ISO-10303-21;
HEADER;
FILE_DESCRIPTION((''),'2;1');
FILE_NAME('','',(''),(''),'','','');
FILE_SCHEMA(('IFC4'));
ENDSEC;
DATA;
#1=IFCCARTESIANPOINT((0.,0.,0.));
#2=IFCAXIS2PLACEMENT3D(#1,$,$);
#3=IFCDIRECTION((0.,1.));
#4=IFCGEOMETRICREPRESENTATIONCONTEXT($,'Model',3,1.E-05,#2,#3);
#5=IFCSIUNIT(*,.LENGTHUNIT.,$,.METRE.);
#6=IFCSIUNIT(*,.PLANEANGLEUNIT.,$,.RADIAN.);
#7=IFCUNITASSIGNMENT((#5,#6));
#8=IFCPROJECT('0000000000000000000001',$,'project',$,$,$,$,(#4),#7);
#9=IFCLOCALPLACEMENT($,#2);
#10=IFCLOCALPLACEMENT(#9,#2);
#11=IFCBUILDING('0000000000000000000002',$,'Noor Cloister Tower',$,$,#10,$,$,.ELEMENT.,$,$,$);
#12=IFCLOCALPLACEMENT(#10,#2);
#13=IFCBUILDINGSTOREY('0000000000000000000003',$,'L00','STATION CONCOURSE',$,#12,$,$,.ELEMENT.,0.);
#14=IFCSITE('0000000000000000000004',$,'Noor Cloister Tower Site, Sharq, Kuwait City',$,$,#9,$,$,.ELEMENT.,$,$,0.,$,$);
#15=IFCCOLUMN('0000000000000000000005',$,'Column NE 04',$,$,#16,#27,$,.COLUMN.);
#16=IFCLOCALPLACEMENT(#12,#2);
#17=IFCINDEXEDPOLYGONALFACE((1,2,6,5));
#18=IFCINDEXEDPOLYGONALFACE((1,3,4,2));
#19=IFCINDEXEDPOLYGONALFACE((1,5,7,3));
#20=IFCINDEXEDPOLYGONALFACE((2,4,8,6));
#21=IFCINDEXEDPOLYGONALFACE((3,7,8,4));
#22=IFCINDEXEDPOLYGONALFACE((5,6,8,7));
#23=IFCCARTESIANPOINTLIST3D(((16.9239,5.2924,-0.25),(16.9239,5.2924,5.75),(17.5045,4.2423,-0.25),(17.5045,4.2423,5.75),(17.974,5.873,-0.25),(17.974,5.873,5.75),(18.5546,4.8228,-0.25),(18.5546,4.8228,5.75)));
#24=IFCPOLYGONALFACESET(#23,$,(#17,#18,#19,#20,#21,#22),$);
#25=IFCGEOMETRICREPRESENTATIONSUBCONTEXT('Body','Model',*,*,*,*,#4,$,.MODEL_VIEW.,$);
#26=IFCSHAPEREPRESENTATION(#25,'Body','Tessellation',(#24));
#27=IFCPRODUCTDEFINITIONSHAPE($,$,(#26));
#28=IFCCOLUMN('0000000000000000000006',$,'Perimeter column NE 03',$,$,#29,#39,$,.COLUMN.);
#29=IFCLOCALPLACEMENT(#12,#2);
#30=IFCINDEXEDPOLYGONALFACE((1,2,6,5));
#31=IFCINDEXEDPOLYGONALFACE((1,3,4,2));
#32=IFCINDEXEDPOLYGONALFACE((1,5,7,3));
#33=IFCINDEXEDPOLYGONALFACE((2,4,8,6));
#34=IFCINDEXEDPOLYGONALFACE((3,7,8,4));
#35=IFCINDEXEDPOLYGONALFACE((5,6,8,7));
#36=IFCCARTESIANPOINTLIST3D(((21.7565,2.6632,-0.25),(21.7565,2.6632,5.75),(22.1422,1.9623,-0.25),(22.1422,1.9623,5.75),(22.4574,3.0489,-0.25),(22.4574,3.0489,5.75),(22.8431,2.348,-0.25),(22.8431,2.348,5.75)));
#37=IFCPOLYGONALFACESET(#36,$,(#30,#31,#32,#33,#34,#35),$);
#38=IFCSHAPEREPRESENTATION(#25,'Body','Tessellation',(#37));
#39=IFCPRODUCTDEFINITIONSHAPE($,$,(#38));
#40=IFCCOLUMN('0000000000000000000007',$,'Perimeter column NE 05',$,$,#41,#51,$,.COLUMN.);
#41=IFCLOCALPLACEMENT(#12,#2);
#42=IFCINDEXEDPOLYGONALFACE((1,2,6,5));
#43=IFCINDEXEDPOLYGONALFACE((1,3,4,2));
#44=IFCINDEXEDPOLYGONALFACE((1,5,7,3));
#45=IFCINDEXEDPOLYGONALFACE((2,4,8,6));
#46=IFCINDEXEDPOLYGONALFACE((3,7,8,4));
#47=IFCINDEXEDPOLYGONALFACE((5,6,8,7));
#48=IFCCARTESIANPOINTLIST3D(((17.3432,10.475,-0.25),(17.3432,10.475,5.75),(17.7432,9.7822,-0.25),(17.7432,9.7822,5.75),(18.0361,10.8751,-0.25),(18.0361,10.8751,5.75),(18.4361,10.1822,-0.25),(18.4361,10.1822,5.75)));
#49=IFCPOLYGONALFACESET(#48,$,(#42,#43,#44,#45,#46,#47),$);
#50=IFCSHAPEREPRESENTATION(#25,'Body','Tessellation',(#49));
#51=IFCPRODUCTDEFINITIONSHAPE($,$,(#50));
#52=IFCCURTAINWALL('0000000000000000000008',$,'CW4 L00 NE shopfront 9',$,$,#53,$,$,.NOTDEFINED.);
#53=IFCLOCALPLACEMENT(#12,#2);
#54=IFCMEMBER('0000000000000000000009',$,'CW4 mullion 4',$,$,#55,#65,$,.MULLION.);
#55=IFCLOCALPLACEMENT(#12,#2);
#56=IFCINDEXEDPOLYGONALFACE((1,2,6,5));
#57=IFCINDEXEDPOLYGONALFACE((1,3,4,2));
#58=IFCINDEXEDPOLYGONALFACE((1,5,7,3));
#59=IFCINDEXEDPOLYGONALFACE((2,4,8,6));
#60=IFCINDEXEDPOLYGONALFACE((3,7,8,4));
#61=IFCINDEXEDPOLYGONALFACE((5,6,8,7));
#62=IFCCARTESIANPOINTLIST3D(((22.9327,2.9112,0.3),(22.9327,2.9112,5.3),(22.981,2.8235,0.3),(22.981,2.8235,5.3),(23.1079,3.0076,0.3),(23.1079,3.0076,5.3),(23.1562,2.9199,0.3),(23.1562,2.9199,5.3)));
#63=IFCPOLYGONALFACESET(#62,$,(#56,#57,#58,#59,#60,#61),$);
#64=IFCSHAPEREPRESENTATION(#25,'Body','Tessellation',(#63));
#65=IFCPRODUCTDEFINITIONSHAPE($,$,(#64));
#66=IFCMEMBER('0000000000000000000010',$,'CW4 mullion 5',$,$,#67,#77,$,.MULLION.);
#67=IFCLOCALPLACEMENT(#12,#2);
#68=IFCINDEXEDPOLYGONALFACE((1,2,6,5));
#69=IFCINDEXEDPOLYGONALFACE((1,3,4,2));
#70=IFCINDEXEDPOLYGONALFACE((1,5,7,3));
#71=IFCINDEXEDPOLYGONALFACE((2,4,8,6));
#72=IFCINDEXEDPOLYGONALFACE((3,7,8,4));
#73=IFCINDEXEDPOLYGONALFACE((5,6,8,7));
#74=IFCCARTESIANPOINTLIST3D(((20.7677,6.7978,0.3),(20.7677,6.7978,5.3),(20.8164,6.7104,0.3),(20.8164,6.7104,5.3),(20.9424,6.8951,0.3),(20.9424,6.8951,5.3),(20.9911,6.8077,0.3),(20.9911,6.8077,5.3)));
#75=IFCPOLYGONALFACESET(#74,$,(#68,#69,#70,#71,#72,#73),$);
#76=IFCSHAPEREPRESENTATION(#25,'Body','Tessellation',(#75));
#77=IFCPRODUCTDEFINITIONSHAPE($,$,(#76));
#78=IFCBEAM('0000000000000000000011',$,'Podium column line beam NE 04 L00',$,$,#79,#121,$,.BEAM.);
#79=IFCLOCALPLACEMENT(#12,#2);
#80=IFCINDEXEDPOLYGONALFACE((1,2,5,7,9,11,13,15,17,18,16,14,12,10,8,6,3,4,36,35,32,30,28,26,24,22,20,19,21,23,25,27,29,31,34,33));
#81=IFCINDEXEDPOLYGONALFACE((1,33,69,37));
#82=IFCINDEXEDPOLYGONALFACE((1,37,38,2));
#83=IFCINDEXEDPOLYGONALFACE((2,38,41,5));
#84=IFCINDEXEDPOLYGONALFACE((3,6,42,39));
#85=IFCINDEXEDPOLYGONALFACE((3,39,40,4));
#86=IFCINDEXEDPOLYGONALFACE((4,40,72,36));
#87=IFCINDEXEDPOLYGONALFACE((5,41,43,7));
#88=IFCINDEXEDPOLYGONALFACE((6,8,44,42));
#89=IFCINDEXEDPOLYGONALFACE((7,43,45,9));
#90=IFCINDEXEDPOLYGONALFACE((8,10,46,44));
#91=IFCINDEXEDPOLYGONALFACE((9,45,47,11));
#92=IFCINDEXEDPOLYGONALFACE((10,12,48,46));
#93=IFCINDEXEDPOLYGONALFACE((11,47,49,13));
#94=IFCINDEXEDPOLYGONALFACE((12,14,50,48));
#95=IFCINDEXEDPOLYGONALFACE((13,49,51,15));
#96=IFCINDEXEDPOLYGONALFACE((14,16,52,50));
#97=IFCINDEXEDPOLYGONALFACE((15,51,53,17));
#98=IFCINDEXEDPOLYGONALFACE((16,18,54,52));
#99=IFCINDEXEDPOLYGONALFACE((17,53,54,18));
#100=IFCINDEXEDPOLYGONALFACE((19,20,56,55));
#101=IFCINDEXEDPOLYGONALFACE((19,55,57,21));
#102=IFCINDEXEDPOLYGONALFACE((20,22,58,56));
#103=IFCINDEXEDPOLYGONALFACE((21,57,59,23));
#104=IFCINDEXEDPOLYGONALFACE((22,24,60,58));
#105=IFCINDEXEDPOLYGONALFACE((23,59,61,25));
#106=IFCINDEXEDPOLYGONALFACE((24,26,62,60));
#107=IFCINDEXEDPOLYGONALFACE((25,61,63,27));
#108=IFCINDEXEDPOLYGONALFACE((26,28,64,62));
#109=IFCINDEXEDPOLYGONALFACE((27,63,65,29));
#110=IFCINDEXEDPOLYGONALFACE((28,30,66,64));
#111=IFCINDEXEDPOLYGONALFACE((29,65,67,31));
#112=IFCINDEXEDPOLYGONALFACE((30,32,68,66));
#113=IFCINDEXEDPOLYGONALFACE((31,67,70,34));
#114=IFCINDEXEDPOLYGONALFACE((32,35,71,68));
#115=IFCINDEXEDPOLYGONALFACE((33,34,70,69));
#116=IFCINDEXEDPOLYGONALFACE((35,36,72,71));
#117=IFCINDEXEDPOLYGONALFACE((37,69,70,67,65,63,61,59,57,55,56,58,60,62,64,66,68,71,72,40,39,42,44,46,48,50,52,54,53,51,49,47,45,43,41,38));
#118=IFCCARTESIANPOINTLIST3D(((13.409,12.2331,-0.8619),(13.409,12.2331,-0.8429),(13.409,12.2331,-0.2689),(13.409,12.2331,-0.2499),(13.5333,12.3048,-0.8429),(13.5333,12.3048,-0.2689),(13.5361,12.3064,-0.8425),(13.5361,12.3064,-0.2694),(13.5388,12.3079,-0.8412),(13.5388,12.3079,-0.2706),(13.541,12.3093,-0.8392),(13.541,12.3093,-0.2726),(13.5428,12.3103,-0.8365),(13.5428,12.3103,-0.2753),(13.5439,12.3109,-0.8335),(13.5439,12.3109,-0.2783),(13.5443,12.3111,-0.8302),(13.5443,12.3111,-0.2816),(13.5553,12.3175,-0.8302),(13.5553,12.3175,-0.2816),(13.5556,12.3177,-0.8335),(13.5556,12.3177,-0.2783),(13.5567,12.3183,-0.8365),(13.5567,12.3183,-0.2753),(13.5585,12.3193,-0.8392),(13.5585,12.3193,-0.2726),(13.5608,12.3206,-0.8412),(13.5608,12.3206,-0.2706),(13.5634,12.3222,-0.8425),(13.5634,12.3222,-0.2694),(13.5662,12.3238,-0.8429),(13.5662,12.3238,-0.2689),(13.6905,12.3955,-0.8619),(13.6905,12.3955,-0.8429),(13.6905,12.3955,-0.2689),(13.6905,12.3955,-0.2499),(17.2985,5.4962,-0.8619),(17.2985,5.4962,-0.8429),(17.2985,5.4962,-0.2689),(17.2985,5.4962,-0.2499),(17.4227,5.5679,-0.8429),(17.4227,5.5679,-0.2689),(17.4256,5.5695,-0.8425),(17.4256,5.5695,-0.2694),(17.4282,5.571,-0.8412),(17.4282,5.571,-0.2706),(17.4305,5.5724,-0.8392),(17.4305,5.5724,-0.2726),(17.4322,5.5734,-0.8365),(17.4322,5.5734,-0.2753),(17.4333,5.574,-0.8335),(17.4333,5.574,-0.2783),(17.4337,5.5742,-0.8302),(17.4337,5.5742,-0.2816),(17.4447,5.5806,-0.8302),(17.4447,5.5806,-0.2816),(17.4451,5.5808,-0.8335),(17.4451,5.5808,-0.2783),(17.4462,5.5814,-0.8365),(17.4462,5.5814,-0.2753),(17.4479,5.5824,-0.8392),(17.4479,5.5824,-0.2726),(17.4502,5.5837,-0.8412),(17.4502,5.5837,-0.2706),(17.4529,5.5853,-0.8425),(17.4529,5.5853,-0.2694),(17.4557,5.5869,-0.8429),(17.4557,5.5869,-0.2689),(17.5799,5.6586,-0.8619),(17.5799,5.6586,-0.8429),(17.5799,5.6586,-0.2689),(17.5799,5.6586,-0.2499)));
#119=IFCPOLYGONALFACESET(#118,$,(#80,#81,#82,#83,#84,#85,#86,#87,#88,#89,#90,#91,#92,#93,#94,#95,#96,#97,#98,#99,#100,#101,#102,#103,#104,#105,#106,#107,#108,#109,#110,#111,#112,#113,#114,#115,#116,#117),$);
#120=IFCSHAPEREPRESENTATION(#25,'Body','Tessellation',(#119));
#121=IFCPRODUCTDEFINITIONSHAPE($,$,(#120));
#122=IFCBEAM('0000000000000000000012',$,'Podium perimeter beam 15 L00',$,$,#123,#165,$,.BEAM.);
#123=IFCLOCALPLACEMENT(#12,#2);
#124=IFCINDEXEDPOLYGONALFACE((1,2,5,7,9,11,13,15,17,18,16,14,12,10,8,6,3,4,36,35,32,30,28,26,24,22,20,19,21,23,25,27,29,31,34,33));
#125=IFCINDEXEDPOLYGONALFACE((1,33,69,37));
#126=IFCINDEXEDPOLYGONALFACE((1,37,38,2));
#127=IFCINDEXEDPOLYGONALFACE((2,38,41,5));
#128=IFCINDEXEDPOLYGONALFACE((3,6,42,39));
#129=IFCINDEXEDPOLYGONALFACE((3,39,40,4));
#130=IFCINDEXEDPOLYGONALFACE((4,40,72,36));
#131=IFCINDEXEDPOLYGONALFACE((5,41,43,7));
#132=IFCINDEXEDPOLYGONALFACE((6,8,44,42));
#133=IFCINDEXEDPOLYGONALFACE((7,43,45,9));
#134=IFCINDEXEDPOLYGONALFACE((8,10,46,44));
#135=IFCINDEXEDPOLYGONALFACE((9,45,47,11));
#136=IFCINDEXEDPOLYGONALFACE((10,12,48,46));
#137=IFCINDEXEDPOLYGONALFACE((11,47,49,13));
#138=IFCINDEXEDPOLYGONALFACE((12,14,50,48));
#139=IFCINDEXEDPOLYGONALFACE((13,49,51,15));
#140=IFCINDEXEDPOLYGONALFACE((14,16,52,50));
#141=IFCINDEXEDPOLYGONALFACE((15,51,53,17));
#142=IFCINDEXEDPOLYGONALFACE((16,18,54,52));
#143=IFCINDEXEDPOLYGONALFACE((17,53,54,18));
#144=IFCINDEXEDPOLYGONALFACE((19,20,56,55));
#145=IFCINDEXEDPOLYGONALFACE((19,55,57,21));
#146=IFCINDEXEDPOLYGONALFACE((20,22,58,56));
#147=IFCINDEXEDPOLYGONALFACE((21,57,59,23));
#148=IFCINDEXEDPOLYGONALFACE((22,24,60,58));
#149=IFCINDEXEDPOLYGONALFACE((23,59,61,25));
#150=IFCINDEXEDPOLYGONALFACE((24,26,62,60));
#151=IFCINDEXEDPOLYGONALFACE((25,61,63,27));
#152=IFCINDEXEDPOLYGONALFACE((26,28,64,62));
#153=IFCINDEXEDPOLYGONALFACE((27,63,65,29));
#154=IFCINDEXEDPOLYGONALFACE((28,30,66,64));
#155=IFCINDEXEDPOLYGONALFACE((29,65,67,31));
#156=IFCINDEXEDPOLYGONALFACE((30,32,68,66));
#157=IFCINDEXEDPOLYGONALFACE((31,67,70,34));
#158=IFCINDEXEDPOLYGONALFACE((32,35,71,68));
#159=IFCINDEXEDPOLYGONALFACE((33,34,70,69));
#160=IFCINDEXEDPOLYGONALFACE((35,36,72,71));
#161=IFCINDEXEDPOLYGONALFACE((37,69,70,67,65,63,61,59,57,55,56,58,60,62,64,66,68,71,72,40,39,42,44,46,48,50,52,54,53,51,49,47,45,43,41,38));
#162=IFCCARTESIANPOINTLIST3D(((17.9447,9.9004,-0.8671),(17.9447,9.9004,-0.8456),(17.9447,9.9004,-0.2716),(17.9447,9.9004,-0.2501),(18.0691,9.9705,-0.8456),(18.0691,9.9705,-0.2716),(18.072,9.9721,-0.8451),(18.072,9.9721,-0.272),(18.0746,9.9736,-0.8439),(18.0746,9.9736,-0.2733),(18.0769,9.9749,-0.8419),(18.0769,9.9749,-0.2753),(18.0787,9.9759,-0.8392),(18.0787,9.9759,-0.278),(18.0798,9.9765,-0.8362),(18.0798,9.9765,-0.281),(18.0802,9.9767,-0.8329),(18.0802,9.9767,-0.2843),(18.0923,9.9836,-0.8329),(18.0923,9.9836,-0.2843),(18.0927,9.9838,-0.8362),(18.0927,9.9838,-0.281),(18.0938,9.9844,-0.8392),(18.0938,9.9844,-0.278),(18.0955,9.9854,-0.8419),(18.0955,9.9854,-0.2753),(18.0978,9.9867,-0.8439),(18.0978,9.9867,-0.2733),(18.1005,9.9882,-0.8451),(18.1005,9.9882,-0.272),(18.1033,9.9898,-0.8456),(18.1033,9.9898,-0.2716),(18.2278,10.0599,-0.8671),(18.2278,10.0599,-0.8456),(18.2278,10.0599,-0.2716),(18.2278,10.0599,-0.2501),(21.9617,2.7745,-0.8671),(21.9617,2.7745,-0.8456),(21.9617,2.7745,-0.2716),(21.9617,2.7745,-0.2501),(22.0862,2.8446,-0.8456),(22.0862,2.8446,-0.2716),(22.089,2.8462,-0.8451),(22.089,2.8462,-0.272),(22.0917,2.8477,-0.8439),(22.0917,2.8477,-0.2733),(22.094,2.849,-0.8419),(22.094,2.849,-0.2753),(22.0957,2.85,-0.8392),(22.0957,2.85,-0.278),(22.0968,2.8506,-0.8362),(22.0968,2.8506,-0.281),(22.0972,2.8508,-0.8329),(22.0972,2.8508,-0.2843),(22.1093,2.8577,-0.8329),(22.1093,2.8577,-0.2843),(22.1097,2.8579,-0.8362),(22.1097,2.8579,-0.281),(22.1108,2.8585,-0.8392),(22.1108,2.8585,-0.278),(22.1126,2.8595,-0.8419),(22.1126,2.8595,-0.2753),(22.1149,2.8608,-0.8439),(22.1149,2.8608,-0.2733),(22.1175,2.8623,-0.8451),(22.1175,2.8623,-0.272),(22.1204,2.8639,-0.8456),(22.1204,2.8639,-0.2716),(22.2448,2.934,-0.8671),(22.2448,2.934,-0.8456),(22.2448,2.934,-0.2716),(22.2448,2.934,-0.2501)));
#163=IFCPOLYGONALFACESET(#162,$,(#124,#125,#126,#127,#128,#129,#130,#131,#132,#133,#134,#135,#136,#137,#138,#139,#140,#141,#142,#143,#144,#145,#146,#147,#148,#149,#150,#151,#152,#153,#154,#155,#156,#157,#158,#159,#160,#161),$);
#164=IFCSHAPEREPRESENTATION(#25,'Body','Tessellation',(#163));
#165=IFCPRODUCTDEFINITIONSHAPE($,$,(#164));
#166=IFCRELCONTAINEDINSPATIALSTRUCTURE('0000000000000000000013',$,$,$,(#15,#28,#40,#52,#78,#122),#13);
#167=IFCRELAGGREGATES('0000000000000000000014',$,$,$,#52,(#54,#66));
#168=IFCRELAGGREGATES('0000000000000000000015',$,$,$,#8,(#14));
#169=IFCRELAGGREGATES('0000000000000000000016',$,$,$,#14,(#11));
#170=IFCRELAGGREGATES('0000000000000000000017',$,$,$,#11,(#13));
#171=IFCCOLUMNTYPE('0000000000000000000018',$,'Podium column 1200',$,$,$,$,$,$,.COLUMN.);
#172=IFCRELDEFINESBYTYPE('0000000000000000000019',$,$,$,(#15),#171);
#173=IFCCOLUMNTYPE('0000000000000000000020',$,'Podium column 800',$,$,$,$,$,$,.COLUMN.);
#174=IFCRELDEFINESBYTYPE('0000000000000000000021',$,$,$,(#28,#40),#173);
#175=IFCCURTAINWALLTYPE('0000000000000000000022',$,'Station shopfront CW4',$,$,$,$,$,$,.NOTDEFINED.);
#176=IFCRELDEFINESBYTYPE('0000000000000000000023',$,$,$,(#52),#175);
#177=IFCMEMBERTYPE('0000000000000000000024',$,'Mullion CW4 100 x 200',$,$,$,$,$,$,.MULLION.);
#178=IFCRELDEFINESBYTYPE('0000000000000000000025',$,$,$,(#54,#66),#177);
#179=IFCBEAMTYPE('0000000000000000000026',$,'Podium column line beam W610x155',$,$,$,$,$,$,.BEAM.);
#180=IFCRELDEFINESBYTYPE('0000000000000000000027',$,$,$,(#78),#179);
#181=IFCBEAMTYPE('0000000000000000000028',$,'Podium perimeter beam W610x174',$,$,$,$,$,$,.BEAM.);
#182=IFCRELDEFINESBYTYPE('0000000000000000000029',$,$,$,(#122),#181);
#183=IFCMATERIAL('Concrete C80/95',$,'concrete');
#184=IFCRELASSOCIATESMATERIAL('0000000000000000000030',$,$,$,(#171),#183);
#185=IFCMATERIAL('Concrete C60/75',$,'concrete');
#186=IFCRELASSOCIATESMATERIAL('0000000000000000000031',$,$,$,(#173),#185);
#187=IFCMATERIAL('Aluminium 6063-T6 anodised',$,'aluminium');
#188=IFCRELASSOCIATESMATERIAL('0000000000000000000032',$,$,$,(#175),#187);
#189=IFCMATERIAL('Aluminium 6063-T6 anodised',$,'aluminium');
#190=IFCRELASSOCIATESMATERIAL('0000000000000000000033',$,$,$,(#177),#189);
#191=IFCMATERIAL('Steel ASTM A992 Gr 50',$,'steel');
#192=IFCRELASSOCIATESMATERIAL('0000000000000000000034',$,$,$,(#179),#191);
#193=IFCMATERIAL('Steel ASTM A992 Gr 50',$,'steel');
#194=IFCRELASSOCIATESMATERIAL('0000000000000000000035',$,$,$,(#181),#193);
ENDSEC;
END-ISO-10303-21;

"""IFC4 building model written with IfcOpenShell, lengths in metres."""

from ifc_helpers import new_model, si_unit, direction, frame, origin, origin_2d, place, context, subcontext, project, spatial, rectangle, i_section, extrude, material, material_profile, profile_set, type_object, element, aggregate, save


model = new_model("IFC4")

# Units and contexts
model_context = context("Model", 3, precision=1e-05, world=origin(), true_north=direction((0.0, 1.0)))
body_context = subcontext(model_context, "Body", "Model", "MODEL_VIEW")
ifc_project = project(units=[si_unit("LENGTHUNIT", "METRE"), si_unit("PLANEANGLEUNIT", "RADIAN")], contexts=[model_context])

# Site, building, storey
site_placement = place(None, origin())
site = spatial("IfcSite", under=ifc_project, at=site_placement, Name="Noor Cloister Tower Site, Sharq, Kuwait City", CompositionType="ELEMENT", RefElevation=0.0)
building_placement = place(site_placement, origin())
building = spatial("IfcBuilding", under=site, at=building_placement, Name="Noor Cloister Tower", CompositionType="ELEMENT")
storey_placement = place(building_placement, origin())
storey = spatial("IfcBuildingStorey", under=building, at=storey_placement, Name="L00", Description="STATION CONCOURSE", CompositionType="ELEMENT", Elevation=0.0)

# Columns
ifc_material_1 = material(Name="Concrete C80/95", Category="concrete")
ifc_material_profile_1 = material_profile(ifc_material_1, rectangle(XDim=1.2, YDim=1.2, at=origin_2d()), Name="Podium column 1200")
ifc_profile_set_1 = profile_set([ifc_material_profile_1], Name="Concrete C80/95")
column_type_1 = type_object("IfcColumnType", Name="Podium column 1200", PredefinedType="COLUMN", material=ifc_profile_set_1)
column_placement = place(storey_placement, frame((17.7393, 5.0576, -0.25), z_axis=(0.0, 0.0, 1.0), x_axis=(0.875153, 0.483847, 0.0)))
element("IfcColumn", 1, at=column_placement, inside=storey, type_object=column_type_1, Name="Column NE 04", PredefinedType="COLUMN", context=body_context, shape_type="SweptSolid", body=[
    extrude(rectangle(XDim=1.2, YDim=1.2, at=origin_2d()), origin(), (0.0, 0.0, 1.0), 6.0),
])
ifc_material_2 = material(Name="Concrete C60/75", Category="concrete")
ifc_material_profile_2 = material_profile(ifc_material_2, rectangle(XDim=0.8, YDim=0.8, at=origin_2d()), Name="Podium column 800")
ifc_profile_set_2 = profile_set([ifc_material_profile_2], Name="Concrete C60/75")
column_type_2 = type_object("IfcColumnType", Name="Podium column 800", PredefinedType="COLUMN", material=ifc_profile_set_2)
for number, where, z_axis, x_axis, name in (
    (2, (22.2998, 2.5056, -0.25), (0.0, 0.0, 1.0), (0.876111, 0.482109, 0.0), "Perimeter column NE 03"),
    (3, (17.8896, 10.3286, -0.25), (0.0, 0.0, 1.0), (0.866025, 0.5, 0.0), "Perimeter column NE 05"),
):
    element("IfcColumn", number, at=place(storey_placement, frame(where, z_axis=z_axis, x_axis=x_axis)), inside=storey, type_object=column_type_2, Name=name, PredefinedType="COLUMN", context=body_context, shape_type="SweptSolid", body=[
        extrude(rectangle(XDim=0.8, YDim=0.8, at=origin_2d()), origin(), (0.0, 0.0, 1.0), 6.0),
    ])

# Curtain wall, members
ifc_material_3 = material(Name="Aluminium 6063-T6 anodised", Category="aluminium")
curtain_wall_type = type_object("IfcCurtainWallType", Name="Station shopfront CW4", PredefinedType="NOTDEFINED", material=ifc_material_3)
curtain_wall_placement = place(storey_placement, origin())
curtain_wall = element("IfcCurtainWall", 4, at=curtain_wall_placement, inside=storey, type_object=curtain_wall_type, Name="CW4 L00 NE shopfront 9", PredefinedType="NOTDEFINED")
ifc_material_4 = material(Name="Aluminium 6063-T6 anodised", Category="aluminium")
ifc_material_profile_3 = material_profile(ifc_material_4, rectangle(XDim=0.2, YDim=0.1001, at=origin_2d()), Name="200 x 100 mullion")
ifc_profile_set_3 = profile_set([ifc_material_profile_3], Name="Aluminium 6063-T6 anodised")
member_type = type_object("IfcMemberType", Name="Mullion CW4 100 x 200", PredefinedType="MULLION", material=ifc_profile_set_3)
member_1_placement = place(storey_placement, frame((23.0444, 2.9155, 0.3), z_axis=(0.0, 0.0, 1.0), x_axis=(-0.876111, -0.482109, 0.0)))
member_1 = element("IfcMember", 5, at=member_1_placement, type_object=member_type, Name="CW4 mullion 4", PredefinedType="MULLION", context=body_context, shape_type="SweptSolid", body=[
    extrude(rectangle(XDim=0.2, YDim=0.1001, at=origin_2d()), origin(), (0.0, 0.0, 1.0), 5.0),
])
member_2_placement = place(storey_placement, frame((20.8794, 6.8027, 0.3), z_axis=(0.0, 0.0, 1.0), x_axis=(-0.873624, -0.486601, 0.0)))
member_2 = element("IfcMember", 6, at=member_2_placement, type_object=member_type, Name="CW4 mullion 5", PredefinedType="MULLION", context=body_context, shape_type="SweptSolid", body=[
    extrude(rectangle(XDim=0.2, YDim=0.1001, at=origin_2d()), origin(), (0.0, 0.0, 1.0), 5.0),
])

# Beams
ifc_material_5 = material(Name="Steel ASTM A992 Gr 50", Category="steel")
ifc_material_profile_4 = material_profile(ifc_material_5, i_section(OverallWidth=0.325, OverallDepth=0.6121, WebThickness=0.0127, FlangeThickness=0.019, FilletRadius=0.0127, at=origin_2d()), Name="W610x155")
ifc_profile_set_4 = profile_set([ifc_material_profile_4], Name="Steel ASTM A992 Gr 50")
beam_type_1 = type_object("IfcBeamType", Name="Podium column line beam W610x155", PredefinedType="BEAM", material=ifc_profile_set_4)
beam_1_placement = place(storey_placement, frame((17.4392, 5.5774, -0.5559), z_axis=(-0.499991, 0.866031, 0.0), x_axis=(-0.866031, -0.499991, 0.0)))
element("IfcBeam", 7, at=beam_1_placement, inside=storey, type_object=beam_type_1, Name="Podium column line beam NE 04 L00", PredefinedType="BEAM", context=body_context, shape_type="SweptSolid", body=[
    extrude(i_section(OverallWidth=0.325, OverallDepth=0.6121, WebThickness=0.0127, FlangeThickness=0.019, FilletRadius=0.0127, at=origin_2d()), origin(), (0.0, 0.0, 1.0), 7.7791),
])
ifc_material_6 = material(Name="Steel ASTM A992 Gr 50", Category="steel")
ifc_material_profile_5 = material_profile(ifc_material_6, i_section(OverallWidth=0.325, OverallDepth=0.6169, WebThickness=0.0139, FlangeThickness=0.0215, FilletRadius=0.0127, at=origin_2d()), Name="W610x174")
ifc_profile_set_5 = profile_set([ifc_material_profile_5], Name="Steel ASTM A992 Gr 50")
beam_type_2 = type_object("IfcBeamType", Name="Podium perimeter beam W610x174", PredefinedType="BEAM", material=ifc_profile_set_5)
for number, where, z_axis, x_axis, name in (
    (8, (22.1033, 2.8542, -0.5586), (-0.491072, 0.871119, 0.0), (-0.871119, -0.491072, 0.0), "Podium perimeter beam 15 L00"),
):
    element("IfcBeam", number, at=place(storey_placement, frame(where, z_axis=z_axis, x_axis=x_axis)), inside=storey, type_object=beam_type_2, Name=name, PredefinedType="BEAM", context=body_context, shape_type="SweptSolid", body=[
        extrude(i_section(OverallWidth=0.325, OverallDepth=0.6169, WebThickness=0.0139, FlangeThickness=0.0215, FilletRadius=0.0127, at=origin_2d()), origin(), (0.0, 0.0, 1.0), 8.1802),
    ])

aggregate(curtain_wall, [member_1, member_2])

save(model, "model.ifc")
